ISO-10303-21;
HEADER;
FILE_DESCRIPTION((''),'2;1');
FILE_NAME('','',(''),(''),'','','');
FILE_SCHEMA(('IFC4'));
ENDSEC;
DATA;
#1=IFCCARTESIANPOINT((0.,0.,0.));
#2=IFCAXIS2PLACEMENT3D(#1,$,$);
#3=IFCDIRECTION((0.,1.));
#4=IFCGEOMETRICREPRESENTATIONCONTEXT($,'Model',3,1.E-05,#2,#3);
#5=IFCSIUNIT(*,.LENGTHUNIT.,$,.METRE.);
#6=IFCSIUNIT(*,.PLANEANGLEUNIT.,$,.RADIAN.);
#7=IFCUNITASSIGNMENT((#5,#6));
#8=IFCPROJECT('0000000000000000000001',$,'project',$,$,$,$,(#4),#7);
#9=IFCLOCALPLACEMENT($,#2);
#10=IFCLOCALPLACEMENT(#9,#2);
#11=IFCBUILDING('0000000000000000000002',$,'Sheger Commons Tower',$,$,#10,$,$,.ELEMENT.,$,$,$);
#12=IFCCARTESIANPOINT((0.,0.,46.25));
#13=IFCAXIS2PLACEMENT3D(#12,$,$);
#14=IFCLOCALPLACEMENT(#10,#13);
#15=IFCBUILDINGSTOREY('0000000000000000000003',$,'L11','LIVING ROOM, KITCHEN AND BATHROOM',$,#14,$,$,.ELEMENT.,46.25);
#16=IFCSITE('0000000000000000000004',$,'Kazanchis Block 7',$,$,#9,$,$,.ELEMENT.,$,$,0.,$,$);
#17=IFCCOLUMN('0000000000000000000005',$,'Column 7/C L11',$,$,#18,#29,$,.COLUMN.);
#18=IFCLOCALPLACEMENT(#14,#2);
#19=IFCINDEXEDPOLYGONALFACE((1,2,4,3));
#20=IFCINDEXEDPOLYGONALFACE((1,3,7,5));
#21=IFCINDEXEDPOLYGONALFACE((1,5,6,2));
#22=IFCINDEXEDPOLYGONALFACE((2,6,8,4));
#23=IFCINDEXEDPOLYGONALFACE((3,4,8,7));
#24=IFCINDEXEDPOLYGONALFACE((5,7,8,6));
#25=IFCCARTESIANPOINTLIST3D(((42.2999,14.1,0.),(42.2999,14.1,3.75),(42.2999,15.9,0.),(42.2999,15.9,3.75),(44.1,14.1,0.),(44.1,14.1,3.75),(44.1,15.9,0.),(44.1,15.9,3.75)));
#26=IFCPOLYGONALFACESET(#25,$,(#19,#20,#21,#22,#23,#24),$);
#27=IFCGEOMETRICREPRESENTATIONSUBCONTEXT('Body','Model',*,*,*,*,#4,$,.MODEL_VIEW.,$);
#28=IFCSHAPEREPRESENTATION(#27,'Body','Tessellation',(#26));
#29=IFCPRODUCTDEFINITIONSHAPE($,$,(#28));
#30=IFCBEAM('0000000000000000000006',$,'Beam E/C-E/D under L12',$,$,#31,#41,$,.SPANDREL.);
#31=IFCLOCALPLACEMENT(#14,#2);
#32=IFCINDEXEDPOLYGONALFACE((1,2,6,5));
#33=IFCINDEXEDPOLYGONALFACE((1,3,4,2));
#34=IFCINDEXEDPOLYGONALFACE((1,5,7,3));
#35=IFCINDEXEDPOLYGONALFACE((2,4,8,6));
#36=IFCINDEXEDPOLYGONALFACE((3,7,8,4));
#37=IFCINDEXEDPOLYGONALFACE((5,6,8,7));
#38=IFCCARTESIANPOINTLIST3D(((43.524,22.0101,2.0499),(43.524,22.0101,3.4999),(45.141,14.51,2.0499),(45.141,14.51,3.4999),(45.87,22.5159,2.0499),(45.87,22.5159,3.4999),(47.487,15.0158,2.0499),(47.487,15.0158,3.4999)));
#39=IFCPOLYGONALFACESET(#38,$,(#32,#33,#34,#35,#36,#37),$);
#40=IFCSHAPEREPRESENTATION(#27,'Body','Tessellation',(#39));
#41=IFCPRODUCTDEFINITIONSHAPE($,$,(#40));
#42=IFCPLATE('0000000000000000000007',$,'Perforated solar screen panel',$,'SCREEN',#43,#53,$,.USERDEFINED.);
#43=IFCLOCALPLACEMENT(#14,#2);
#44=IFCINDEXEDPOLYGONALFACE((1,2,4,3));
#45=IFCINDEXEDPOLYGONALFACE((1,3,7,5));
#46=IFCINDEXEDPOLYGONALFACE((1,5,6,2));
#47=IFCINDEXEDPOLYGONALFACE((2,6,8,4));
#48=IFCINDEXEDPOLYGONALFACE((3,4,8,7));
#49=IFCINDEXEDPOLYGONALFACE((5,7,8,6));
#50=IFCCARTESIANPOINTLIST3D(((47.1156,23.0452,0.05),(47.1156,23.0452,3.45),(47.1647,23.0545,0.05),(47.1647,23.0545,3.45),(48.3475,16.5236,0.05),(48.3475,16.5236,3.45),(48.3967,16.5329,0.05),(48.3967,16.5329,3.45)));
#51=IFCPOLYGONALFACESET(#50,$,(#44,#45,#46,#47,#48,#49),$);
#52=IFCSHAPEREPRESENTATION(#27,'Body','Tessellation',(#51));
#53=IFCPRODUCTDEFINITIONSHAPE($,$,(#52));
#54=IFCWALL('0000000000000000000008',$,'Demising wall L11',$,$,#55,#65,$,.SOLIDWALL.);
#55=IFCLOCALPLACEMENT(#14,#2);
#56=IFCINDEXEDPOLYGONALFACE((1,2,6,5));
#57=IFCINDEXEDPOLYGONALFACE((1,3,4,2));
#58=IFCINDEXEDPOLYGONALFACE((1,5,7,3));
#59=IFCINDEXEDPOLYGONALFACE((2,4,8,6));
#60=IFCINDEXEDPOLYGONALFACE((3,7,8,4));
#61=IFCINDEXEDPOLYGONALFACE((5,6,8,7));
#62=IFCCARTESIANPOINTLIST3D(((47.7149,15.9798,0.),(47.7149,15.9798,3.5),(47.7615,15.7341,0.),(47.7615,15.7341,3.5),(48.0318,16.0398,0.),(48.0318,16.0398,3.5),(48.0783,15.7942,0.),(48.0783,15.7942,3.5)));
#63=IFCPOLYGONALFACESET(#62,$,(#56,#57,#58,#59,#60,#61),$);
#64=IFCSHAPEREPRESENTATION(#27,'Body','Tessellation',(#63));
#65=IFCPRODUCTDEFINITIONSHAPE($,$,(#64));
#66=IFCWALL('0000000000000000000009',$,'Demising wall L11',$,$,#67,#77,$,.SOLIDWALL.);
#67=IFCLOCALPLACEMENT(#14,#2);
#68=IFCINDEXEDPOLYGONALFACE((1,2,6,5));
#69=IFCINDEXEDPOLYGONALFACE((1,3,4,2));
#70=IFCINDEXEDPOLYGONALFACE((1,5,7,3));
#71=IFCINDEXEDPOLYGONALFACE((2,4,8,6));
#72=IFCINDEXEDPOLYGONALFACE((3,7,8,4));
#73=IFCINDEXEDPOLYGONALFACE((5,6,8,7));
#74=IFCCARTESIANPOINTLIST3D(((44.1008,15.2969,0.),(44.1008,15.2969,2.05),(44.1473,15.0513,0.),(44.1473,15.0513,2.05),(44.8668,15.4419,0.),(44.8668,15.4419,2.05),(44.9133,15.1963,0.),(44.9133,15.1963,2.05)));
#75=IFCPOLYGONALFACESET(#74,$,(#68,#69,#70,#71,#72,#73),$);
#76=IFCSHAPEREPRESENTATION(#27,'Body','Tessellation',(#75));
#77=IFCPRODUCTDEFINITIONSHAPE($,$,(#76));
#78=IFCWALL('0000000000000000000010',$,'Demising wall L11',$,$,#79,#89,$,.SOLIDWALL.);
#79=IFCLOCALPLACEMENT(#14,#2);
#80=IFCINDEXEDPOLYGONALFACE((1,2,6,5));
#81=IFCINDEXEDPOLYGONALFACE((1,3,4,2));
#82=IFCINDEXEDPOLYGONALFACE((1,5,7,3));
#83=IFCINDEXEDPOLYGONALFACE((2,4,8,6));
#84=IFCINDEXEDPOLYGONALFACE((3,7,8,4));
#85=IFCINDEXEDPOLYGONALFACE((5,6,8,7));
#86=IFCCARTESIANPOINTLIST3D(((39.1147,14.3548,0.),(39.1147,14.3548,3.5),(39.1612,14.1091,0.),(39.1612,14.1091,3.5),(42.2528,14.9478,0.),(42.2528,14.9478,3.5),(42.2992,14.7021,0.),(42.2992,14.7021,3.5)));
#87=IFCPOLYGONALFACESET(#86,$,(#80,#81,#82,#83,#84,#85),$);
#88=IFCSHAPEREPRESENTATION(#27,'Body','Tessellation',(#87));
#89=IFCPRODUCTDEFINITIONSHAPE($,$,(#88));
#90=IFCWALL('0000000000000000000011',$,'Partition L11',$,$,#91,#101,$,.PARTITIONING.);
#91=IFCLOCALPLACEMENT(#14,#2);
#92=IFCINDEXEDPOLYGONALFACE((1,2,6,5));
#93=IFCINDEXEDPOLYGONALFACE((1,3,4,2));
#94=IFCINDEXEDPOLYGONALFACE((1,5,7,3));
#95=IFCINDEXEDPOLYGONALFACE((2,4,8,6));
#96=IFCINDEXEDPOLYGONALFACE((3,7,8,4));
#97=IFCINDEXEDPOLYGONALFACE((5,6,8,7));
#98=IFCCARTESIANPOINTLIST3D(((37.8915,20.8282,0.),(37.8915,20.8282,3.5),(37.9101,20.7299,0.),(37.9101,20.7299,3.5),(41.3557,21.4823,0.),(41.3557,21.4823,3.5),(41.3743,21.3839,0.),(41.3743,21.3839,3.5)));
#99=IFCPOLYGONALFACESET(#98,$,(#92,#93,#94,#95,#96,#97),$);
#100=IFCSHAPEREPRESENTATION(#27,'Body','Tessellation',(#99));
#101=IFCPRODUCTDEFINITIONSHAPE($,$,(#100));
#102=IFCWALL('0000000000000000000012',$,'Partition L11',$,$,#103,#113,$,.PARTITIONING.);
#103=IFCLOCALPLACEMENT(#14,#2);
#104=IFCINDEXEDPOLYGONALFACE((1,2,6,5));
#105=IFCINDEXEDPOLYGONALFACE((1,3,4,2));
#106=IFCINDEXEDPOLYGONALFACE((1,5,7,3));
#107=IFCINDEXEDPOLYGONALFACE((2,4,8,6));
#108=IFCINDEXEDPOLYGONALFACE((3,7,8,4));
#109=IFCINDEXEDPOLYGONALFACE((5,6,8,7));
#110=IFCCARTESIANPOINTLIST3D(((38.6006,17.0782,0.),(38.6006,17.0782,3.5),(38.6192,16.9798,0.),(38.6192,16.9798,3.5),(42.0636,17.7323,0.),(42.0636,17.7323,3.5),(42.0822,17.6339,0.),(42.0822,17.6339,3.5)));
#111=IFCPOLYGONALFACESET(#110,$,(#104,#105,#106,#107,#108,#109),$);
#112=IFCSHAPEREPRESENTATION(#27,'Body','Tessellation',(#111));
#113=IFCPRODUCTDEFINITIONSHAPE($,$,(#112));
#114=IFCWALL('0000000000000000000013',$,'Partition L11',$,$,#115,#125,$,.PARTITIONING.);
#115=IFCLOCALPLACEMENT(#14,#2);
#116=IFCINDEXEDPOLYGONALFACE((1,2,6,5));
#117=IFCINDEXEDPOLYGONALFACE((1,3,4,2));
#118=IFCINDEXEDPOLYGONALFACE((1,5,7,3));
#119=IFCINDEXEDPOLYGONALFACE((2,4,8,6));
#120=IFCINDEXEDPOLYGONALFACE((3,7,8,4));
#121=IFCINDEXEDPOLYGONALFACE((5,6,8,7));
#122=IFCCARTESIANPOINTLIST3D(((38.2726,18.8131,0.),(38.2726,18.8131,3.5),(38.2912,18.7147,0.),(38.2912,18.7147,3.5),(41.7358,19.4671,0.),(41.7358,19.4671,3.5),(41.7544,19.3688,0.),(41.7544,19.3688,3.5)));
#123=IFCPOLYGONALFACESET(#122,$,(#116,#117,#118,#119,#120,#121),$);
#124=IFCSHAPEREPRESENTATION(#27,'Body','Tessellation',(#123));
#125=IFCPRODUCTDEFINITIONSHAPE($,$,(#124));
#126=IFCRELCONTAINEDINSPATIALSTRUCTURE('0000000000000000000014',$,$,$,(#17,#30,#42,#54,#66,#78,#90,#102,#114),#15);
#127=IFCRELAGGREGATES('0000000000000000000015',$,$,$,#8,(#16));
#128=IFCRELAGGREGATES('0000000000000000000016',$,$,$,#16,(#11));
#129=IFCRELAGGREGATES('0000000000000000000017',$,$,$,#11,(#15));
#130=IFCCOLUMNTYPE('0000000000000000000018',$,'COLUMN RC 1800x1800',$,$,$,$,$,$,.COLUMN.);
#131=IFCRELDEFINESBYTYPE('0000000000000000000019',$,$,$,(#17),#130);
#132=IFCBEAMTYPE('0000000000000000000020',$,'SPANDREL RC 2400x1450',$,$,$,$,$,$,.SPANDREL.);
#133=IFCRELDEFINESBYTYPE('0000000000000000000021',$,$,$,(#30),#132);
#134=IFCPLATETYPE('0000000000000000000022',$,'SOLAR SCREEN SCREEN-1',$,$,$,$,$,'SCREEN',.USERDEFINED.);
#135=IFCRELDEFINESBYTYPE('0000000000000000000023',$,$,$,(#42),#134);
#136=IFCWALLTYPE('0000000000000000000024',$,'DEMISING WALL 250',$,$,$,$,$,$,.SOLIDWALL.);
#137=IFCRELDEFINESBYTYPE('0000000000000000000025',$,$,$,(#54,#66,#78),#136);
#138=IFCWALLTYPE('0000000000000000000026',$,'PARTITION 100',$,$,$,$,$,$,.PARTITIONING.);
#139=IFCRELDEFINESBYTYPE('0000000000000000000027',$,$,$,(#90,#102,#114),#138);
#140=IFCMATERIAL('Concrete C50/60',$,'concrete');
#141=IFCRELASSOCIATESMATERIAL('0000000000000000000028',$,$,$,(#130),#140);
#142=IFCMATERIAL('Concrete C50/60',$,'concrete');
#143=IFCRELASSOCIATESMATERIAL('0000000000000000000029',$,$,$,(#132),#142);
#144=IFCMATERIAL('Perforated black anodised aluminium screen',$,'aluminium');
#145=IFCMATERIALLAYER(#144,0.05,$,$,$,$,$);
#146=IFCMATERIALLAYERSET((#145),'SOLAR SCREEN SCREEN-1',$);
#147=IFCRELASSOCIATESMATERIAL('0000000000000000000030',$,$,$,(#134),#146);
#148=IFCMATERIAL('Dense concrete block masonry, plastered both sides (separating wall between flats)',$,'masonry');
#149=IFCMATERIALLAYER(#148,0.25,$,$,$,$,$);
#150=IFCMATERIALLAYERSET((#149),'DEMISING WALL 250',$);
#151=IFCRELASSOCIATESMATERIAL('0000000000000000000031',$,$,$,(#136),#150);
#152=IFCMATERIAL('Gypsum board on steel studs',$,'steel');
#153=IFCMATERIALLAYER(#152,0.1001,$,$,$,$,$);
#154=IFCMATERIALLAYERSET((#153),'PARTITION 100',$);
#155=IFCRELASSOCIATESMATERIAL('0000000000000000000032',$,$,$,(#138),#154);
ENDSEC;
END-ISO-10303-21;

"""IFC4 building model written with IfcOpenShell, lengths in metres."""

from ifc_helpers import new_model, si_unit, direction, frame, frame_2d, origin, origin_2d, place, context, subcontext, project, spatial, rectangle, extrude, material, layer, layer_set, material_profile, profile_set, type_object, element, save


model = new_model("IFC4")

# Units and contexts
model_context = context("Model", 3, precision=1e-05, world=origin(), true_north=direction((0.0, 1.0)))
body_context = subcontext(model_context, "Body", "Model", "MODEL_VIEW")
ifc_project = project(units=[si_unit("LENGTHUNIT", "METRE"), si_unit("PLANEANGLEUNIT", "RADIAN")], contexts=[model_context])

# Site, building, storey
site_placement = place(None, origin())
site = spatial("IfcSite", under=ifc_project, at=site_placement, Name="Kazanchis Block 7", CompositionType="ELEMENT", RefElevation=0.0)
building_placement = place(site_placement, origin())
building = spatial("IfcBuilding", under=site, at=building_placement, Name="Sheger Commons Tower", CompositionType="ELEMENT")
storey_placement = place(building_placement, frame((0.0, 0.0, 46.25)))
storey = spatial("IfcBuildingStorey", under=building, at=storey_placement, Name="L11", Description="LIVING ROOM, KITCHEN AND BATHROOM", CompositionType="ELEMENT", Elevation=46.25)

# Column
ifc_material_1 = material(Name="Concrete C50/60", Category="concrete")
ifc_material_profile_1 = material_profile(ifc_material_1, rectangle(XDim=1.8, YDim=1.8, at=origin_2d()), Name="RC 1800x1800")
ifc_profile_set_1 = profile_set([ifc_material_profile_1], Name="Concrete C50/60")
column_type = type_object("IfcColumnType", Name="COLUMN RC 1800x1800", PredefinedType="COLUMN", material=ifc_profile_set_1)
column_placement = place(storey_placement, frame((43.2, 15.0, 0.0), z_axis=(0.0, 0.0, 1.0), x_axis=(1.0, 0.0, 0.0)))
element("IfcColumn", 1, at=column_placement, inside=storey, type_object=column_type, Name="Column 7/C L11", PredefinedType="COLUMN", context=body_context, shape_type="SweptSolid", body=[
    extrude(rectangle(XDim=1.8, YDim=1.8, at=origin_2d()), origin(), (0.0, 0.0, 1.0), 3.75),
])

# Beam
ifc_material_2 = material(Name="Concrete C50/60", Category="concrete")
ifc_material_profile_2 = material_profile(ifc_material_2, rectangle(XDim=2.3999, YDim=1.45, at=origin_2d()), Name="RC 2400x1450")
ifc_profile_set_2 = profile_set([ifc_material_profile_2], Name="Concrete C50/60")
beam_type = type_object("IfcBeamType", Name="SPANDREL RC 2400x1450", PredefinedType="SPANDREL", material=ifc_profile_set_2)
beam_placement = place(storey_placement, frame((46.314, 14.7629, 2.7749), z_axis=(-0.21075, 0.97754, 0.0), x_axis=(-0.97754, -0.21075, 0.0)))
element("IfcBeam", 2, at=beam_placement, inside=storey, type_object=beam_type, Name="Beam E/C-E/D under L12", PredefinedType="SPANDREL", context=body_context, shape_type="SweptSolid", body=[
    extrude(rectangle(XDim=2.3999, YDim=1.45, at=origin_2d()), origin(), (0.0, 0.0, 1.0), 7.6724),
])

# Plate
ifc_material_3 = material(Name="Perforated black anodised aluminium screen", Category="aluminium")
ifc_layer_1 = layer(ifc_material_3, 0.05)
ifc_layer_set_1 = layer_set([ifc_layer_1], Name="SOLAR SCREEN SCREEN-1")
plate_type = type_object("IfcPlateType", Name="SOLAR SCREEN SCREEN-1", ElementType="SCREEN", PredefinedType="USERDEFINED", material=ifc_layer_set_1)
plate_placement = place(storey_placement, frame((47.7561, 19.7891, 0.05), z_axis=(0.0, 0.0, 1.0), x_axis=(-0.185615, 0.982623, 0.0)))
element("IfcPlate", 3, at=plate_placement, inside=storey, type_object=plate_type, Name="Perforated solar screen panel", ObjectType="SCREEN", PredefinedType="USERDEFINED", context=body_context, shape_type="SweptSolid", body=[
    extrude(rectangle(XDim=6.637, YDim=0.05, at=origin_2d()), origin(), (0.0, 0.0, 1.0), 3.3999),
])

# Walls
ifc_material_4 = material(Name="Dense concrete block masonry, plastered both sides (separating wall between flats)", Category="masonry")
ifc_layer_2 = layer(ifc_material_4, 0.25)
ifc_layer_set_2 = layer_set([ifc_layer_2], Name="DEMISING WALL 250")
wall_type_1 = type_object("IfcWallType", Name="DEMISING WALL 250", PredefinedType="SOLIDWALL", material=ifc_layer_set_2)
wall_1_placement = place(storey_placement, frame((48.0549, 15.917, 0.0), z_axis=(0.0, 0.0, 1.0), x_axis=(-0.98251, -0.186208, 0.0)))
element("IfcWall", 4, at=wall_1_placement, inside=storey, type_object=wall_type_1, Name="Demising wall L11", PredefinedType="SOLIDWALL", context=body_context, shape_type="SweptSolid", body=[
    extrude(rectangle(XDim=0.3225, YDim=0.25, at=frame_2d((0.1611, 0.0))), origin(), (0.0, 0.0, 1.0), 3.5),
])
wall_2_placement = place(storey_placement, frame((44.8899, 15.3191, 0.0), z_axis=(0.0, 0.0, 1.0), x_axis=(-0.982541, -0.186047, 0.0)))
element("IfcWall", 5, at=wall_2_placement, inside=storey, type_object=wall_type_1, Name="Demising wall L11", PredefinedType="SOLIDWALL", context=body_context, shape_type="SweptSolid", body=[
    extrude(rectangle(XDim=0.7795, YDim=0.25, at=frame_2d((0.3896, 0.0))), origin(), (0.0, 0.0, 1.0), 2.05),
])
wall_3_placement = place(storey_placement, frame((42.2759, 14.825, 0.0), z_axis=(0.0, 0.0, 1.0), x_axis=(-0.982607, -0.185696, 0.0)))
element("IfcWall", 6, at=wall_3_placement, inside=storey, type_object=wall_type_1, Name="Demising wall L11", PredefinedType="SOLIDWALL", context=body_context, shape_type="SweptSolid", body=[
    extrude(rectangle(XDim=3.1936, YDim=0.25, at=frame_2d((1.5967, 0.0))), origin(), (0.0, 0.0, 1.0), 3.5),
])
ifc_material_5 = material(Name="Gypsum board on steel studs", Category="steel")
ifc_layer_3 = layer(ifc_material_5, 0.1001)
ifc_layer_set_3 = layer_set([ifc_layer_3], Name="PARTITION 100")
wall_type_2 = type_object("IfcWallType", Name="PARTITION 100", PredefinedType="PARTITIONING", material=ifc_layer_set_3)
wall_4_placement = place(storey_placement, frame((41.365, 21.4331, 0.0), z_axis=(0.0, 0.0, 1.0), x_axis=(-0.982639, -0.18553, 0.0)))
element("IfcWall", 7, at=wall_4_placement, inside=storey, type_object=wall_type_2, Name="Partition L11", PredefinedType="PARTITIONING", context=body_context, shape_type="SweptSolid", body=[
    extrude(rectangle(XDim=3.5254, YDim=0.1001, at=frame_2d((1.7627, 0.0))), origin(), (0.0, 0.0, 1.0), 3.5),
])
wall_5_placement = place(storey_placement, frame((42.073, 17.6831, 0.0), z_axis=(0.0, 0.0, 1.0), x_axis=(-0.982627, -0.185593, 0.0)))
element("IfcWall", 8, at=wall_5_placement, inside=storey, type_object=wall_type_2, Name="Partition L11", PredefinedType="PARTITIONING", context=body_context, shape_type="SweptSolid", body=[
    extrude(rectangle(XDim=3.5242, YDim=0.1001, at=frame_2d((1.7622, 0.0))), origin(), (0.0, 0.0, 1.0), 3.5),
])
wall_6_placement = place(storey_placement, frame((41.7451, 19.418, 0.0), z_axis=(0.0, 0.0, 1.0), x_axis=(-0.982629, -0.185581, 0.0)))
element("IfcWall", 9, at=wall_6_placement, inside=storey, type_object=wall_type_2, Name="Partition L11", PredefinedType="PARTITIONING", context=body_context, shape_type="SweptSolid", body=[
    extrude(rectangle(XDim=3.5244, YDim=0.1001, at=frame_2d((1.7622, 0.0))), origin(), (0.0, 0.0, 1.0), 3.5),
])

save(model, "model.ifc")
